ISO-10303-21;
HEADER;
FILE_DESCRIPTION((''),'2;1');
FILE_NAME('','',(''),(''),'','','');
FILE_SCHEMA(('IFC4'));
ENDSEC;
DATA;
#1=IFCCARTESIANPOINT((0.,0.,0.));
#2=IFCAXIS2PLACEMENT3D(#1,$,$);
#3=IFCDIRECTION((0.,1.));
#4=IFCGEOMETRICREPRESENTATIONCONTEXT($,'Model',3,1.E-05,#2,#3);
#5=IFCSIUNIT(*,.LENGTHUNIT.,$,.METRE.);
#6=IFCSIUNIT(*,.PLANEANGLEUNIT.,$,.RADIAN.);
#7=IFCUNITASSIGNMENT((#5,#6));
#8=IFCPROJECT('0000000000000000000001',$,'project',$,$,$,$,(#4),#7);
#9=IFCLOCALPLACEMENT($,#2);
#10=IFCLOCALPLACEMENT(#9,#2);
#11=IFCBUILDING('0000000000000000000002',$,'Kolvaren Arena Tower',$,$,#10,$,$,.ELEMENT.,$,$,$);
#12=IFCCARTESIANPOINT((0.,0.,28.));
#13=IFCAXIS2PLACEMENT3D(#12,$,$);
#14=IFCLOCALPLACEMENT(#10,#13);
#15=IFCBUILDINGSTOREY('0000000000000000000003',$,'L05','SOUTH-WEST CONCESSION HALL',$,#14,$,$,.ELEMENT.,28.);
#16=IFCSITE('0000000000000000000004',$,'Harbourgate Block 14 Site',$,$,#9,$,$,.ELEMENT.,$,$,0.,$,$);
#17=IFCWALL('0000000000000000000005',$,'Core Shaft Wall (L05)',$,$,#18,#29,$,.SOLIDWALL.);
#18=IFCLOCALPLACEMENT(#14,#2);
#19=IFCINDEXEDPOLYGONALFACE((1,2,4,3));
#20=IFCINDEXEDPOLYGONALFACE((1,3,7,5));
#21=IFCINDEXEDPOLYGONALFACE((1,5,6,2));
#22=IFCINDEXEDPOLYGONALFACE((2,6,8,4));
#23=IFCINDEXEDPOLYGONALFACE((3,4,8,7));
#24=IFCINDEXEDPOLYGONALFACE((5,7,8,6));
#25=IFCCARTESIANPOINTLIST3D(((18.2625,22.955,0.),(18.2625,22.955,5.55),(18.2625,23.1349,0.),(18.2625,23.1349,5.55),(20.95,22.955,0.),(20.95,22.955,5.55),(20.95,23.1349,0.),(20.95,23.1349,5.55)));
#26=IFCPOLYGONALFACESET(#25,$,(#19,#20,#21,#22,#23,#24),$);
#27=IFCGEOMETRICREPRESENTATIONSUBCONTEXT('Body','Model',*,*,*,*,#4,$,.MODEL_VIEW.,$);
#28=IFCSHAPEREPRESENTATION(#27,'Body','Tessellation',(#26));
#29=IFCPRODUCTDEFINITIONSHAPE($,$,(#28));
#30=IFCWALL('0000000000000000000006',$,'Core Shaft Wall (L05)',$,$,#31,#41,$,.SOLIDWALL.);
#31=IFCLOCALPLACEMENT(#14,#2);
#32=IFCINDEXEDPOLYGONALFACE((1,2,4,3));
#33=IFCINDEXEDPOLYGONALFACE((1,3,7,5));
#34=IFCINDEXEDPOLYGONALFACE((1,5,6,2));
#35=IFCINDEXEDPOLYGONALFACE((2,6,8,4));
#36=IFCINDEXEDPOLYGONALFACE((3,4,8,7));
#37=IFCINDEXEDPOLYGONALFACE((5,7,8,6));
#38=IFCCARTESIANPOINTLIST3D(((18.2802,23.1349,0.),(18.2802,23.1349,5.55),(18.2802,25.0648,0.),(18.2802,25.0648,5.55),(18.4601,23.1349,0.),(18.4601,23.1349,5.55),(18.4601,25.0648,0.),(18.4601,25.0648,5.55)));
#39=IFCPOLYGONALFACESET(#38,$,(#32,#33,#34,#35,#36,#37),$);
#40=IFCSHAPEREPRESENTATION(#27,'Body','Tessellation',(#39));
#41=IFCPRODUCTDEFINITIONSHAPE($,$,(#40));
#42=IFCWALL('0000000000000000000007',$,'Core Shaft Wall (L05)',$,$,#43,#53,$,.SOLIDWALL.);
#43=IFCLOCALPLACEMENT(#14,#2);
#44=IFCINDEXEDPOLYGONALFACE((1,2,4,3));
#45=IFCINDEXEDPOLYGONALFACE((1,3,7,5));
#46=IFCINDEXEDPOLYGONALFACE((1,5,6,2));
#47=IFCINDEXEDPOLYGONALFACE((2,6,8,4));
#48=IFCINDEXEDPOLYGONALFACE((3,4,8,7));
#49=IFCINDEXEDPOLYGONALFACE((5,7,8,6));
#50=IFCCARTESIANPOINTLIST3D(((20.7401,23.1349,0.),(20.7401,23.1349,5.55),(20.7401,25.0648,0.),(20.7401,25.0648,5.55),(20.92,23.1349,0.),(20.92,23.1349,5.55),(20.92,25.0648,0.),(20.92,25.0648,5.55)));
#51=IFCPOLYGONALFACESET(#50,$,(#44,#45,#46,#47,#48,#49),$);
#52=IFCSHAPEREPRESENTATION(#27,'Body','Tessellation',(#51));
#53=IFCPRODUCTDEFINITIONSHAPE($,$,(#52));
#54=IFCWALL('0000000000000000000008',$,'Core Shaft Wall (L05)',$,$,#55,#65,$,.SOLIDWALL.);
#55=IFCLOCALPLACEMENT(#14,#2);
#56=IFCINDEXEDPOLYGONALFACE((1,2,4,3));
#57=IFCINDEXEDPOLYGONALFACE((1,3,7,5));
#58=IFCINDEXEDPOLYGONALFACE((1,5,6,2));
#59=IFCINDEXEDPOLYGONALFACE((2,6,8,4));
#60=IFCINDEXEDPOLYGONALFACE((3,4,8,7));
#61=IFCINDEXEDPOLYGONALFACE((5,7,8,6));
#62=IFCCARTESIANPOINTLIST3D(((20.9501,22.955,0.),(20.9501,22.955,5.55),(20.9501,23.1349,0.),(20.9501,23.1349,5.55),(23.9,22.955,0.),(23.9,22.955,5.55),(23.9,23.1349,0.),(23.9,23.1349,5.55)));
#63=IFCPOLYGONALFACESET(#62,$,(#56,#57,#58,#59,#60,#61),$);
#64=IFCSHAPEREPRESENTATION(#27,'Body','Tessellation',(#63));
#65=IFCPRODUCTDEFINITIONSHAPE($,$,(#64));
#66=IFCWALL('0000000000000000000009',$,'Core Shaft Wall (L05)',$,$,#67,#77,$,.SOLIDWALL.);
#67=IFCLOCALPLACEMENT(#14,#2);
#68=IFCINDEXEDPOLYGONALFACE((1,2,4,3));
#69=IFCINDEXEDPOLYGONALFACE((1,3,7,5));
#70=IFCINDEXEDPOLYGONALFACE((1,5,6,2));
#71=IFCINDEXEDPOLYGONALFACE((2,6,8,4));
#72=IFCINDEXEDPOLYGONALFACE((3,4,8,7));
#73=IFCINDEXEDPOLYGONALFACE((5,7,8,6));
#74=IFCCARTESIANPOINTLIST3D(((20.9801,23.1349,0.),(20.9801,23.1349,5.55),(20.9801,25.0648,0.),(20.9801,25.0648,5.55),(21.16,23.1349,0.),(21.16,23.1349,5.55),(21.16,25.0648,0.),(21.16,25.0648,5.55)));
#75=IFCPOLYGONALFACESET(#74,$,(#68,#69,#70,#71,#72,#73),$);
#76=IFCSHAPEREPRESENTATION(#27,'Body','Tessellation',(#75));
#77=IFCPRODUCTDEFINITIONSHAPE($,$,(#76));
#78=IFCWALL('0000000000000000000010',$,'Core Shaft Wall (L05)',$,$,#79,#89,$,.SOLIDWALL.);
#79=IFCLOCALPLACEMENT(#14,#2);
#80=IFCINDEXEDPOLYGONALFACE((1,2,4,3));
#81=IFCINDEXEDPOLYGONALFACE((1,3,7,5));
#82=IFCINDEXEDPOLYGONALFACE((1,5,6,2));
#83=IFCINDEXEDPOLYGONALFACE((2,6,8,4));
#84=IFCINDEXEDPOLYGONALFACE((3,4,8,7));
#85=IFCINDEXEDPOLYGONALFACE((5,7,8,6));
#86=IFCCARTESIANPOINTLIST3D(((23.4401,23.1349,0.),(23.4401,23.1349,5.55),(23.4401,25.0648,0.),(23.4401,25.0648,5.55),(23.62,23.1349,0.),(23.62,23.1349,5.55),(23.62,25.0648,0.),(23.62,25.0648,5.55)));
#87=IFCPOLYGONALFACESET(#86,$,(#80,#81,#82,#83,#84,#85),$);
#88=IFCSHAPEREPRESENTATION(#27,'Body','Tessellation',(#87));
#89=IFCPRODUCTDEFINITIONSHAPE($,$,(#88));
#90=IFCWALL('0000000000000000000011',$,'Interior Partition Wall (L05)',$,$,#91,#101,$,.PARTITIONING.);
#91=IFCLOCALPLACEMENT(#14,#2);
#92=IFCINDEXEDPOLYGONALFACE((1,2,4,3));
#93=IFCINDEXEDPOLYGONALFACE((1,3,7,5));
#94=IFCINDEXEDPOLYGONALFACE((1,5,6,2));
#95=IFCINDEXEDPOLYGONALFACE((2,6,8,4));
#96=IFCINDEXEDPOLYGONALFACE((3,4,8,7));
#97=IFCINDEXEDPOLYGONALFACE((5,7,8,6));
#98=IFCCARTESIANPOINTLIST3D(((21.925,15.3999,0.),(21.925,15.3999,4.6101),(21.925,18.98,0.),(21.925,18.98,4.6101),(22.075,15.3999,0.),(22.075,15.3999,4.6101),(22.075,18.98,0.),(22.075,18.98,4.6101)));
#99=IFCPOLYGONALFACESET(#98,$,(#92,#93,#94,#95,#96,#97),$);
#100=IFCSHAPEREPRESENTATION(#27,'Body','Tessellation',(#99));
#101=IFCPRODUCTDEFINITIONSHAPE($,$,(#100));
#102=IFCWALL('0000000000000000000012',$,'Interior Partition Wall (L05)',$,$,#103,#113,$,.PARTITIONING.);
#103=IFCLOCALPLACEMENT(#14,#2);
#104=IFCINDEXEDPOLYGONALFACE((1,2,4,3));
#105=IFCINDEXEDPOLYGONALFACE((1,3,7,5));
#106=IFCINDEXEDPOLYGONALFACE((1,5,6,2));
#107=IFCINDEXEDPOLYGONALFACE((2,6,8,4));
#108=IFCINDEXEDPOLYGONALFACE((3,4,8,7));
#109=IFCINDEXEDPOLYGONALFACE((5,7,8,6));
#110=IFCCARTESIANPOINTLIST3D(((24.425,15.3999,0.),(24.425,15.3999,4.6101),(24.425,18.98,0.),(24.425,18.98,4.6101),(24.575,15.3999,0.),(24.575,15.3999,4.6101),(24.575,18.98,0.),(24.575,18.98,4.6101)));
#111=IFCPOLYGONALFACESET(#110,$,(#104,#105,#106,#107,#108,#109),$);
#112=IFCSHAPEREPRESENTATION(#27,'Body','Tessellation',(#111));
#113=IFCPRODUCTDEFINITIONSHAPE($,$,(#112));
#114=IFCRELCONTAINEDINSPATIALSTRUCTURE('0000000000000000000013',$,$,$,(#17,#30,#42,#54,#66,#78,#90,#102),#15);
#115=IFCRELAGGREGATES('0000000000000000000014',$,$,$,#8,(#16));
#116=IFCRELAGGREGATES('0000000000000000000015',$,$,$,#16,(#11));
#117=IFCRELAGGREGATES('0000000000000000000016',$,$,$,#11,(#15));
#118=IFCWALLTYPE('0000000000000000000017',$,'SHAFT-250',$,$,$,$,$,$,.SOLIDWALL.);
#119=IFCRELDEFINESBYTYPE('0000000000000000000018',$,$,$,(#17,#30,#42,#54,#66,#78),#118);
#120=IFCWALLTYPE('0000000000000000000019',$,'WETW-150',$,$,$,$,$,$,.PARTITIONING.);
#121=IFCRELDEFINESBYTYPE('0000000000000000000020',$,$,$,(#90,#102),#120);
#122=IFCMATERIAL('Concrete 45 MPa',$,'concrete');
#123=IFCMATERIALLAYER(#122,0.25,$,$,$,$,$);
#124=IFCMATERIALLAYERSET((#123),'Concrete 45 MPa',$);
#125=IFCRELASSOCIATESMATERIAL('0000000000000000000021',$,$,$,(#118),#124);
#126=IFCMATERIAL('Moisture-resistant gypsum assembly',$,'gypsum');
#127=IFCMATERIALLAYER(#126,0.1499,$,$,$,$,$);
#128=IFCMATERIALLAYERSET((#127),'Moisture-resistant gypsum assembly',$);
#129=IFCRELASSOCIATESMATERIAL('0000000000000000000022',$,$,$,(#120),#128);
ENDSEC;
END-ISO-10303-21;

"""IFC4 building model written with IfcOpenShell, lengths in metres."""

from ifc_helpers import new_model, si_unit, direction, frame, frame_2d, origin, place, context, subcontext, project, spatial, rectangle, extrude, material, layer, layer_set, type_object, element, save


model = new_model("IFC4")

# Units and contexts
model_context = context("Model", 3, precision=1e-05, world=origin(), true_north=direction((0.0, 1.0)))
body_context = subcontext(model_context, "Body", "Model", "MODEL_VIEW")
ifc_project = project(units=[si_unit("LENGTHUNIT", "METRE"), si_unit("PLANEANGLEUNIT", "RADIAN")], contexts=[model_context])

# Site, building, storey
site_placement = place(None, origin())
site = spatial("IfcSite", under=ifc_project, at=site_placement, Name="Harbourgate Block 14 Site", CompositionType="ELEMENT", RefElevation=0.0)
building_placement = place(site_placement, origin())
building = spatial("IfcBuilding", under=site, at=building_placement, Name="Kolvaren Arena Tower", CompositionType="ELEMENT")
storey_placement = place(building_placement, frame((0.0, 0.0, 28.0)))
storey = spatial("IfcBuildingStorey", under=building, at=storey_placement, Name="L05", Description="SOUTH-WEST CONCESSION HALL", CompositionType="ELEMENT", Elevation=28.0)

# Walls
ifc_material_1 = material(Name="Concrete 45 MPa", Category="concrete")
ifc_layer_1 = layer(ifc_material_1, 0.25)
ifc_layer_set_1 = layer_set([ifc_layer_1], Name="Concrete 45 MPa")
wall_type_1 = type_object("IfcWallType", Name="SHAFT-250", PredefinedType="SOLIDWALL", material=ifc_layer_set_1)
wall_1_placement = place(storey_placement, frame((18.2625, 23.0449, 0.0), z_axis=(0.0, 0.0, 1.0), x_axis=(1.0, 0.0, 0.0)))
element("IfcWall", 1, at=wall_1_placement, inside=storey, type_object=wall_type_1, Name="Core Shaft Wall (L05)", PredefinedType="SOLIDWALL", context=body_context, shape_type="SweptSolid", body=[
    extrude(rectangle(XDim=2.6875, YDim=0.1799, at=frame_2d((1.3438, 0.0))), origin(), (0.0, 0.0, 1.0), 5.55),
])
for number, where, z_axis, x_axis, name in (
    (2, (18.3701, 23.135, 0.0), (0.0, 0.0, 1.0), (0.0, 1.0, 0.0), "Core Shaft Wall (L05)"),
    (3, (20.8301, 23.135, 0.0), (0.0, 0.0, 1.0), (0.0, 1.0, 0.0), "Core Shaft Wall (L05)"),
):
    element("IfcWall", number, at=place(storey_placement, frame(where, z_axis=z_axis, x_axis=x_axis)), inside=storey, type_object=wall_type_1, Name=name, PredefinedType="SOLIDWALL", context=body_context, shape_type="SweptSolid", body=[
        extrude(rectangle(XDim=1.9299, YDim=0.1799, at=frame_2d((0.9648, 0.0))), origin(), (0.0, 0.0, 1.0), 5.55),
    ])
wall_2_placement = place(storey_placement, frame((20.95, 23.0449, 0.0), z_axis=(0.0, 0.0, 1.0), x_axis=(1.0, 0.0, 0.0)))
element("IfcWall", 4, at=wall_2_placement, inside=storey, type_object=wall_type_1, Name="Core Shaft Wall (L05)", PredefinedType="SOLIDWALL", context=body_context, shape_type="SweptSolid", body=[
    extrude(rectangle(XDim=2.95, YDim=0.1799, at=frame_2d((1.4751, 0.0))), origin(), (0.0, 0.0, 1.0), 5.55),
])
for number, where, z_axis, x_axis, name in (
    (5, (21.0701, 23.135, 0.0), (0.0, 0.0, 1.0), (0.0, 1.0, 0.0), "Core Shaft Wall (L05)"),
    (6, (23.53, 23.135, 0.0), (0.0, 0.0, 1.0), (0.0, 1.0, 0.0), "Core Shaft Wall (L05)"),
):
    element("IfcWall", number, at=place(storey_placement, frame(where, z_axis=z_axis, x_axis=x_axis)), inside=storey, type_object=wall_type_1, Name=name, PredefinedType="SOLIDWALL", context=body_context, shape_type="SweptSolid", body=[
        extrude(rectangle(XDim=1.9299, YDim=0.1799, at=frame_2d((0.9648, 0.0))), origin(), (0.0, 0.0, 1.0), 5.55),
    ])
ifc_material_2 = material(Name="Moisture-resistant gypsum assembly", Category="gypsum")
ifc_layer_2 = layer(ifc_material_2, 0.1499)
ifc_layer_set_2 = layer_set([ifc_layer_2], Name="Moisture-resistant gypsum assembly")
wall_type_2 = type_object("IfcWallType", Name="WETW-150", PredefinedType="PARTITIONING", material=ifc_layer_set_2)
for number, where, z_axis, x_axis, name in (
    (7, (22.0, 15.3999, 0.0), (0.0, 0.0, 1.0), (0.0, 1.0, 0.0), "Interior Partition Wall (L05)"),
    (8, (24.5, 15.3999, 0.0), (0.0, 0.0, 1.0), (0.0, 1.0, 0.0), "Interior Partition Wall (L05)"),
):
    element("IfcWall", number, at=place(storey_placement, frame(where, z_axis=z_axis, x_axis=x_axis)), inside=storey, type_object=wall_type_2, Name=name, PredefinedType="PARTITIONING", context=body_context, shape_type="SweptSolid", body=[
        extrude(rectangle(XDim=3.5801, YDim=0.1499, at=frame_2d((1.79, 0.0))), origin(), (0.0, 0.0, 1.0), 4.6101),
    ])

save(model, "model.ifc")
